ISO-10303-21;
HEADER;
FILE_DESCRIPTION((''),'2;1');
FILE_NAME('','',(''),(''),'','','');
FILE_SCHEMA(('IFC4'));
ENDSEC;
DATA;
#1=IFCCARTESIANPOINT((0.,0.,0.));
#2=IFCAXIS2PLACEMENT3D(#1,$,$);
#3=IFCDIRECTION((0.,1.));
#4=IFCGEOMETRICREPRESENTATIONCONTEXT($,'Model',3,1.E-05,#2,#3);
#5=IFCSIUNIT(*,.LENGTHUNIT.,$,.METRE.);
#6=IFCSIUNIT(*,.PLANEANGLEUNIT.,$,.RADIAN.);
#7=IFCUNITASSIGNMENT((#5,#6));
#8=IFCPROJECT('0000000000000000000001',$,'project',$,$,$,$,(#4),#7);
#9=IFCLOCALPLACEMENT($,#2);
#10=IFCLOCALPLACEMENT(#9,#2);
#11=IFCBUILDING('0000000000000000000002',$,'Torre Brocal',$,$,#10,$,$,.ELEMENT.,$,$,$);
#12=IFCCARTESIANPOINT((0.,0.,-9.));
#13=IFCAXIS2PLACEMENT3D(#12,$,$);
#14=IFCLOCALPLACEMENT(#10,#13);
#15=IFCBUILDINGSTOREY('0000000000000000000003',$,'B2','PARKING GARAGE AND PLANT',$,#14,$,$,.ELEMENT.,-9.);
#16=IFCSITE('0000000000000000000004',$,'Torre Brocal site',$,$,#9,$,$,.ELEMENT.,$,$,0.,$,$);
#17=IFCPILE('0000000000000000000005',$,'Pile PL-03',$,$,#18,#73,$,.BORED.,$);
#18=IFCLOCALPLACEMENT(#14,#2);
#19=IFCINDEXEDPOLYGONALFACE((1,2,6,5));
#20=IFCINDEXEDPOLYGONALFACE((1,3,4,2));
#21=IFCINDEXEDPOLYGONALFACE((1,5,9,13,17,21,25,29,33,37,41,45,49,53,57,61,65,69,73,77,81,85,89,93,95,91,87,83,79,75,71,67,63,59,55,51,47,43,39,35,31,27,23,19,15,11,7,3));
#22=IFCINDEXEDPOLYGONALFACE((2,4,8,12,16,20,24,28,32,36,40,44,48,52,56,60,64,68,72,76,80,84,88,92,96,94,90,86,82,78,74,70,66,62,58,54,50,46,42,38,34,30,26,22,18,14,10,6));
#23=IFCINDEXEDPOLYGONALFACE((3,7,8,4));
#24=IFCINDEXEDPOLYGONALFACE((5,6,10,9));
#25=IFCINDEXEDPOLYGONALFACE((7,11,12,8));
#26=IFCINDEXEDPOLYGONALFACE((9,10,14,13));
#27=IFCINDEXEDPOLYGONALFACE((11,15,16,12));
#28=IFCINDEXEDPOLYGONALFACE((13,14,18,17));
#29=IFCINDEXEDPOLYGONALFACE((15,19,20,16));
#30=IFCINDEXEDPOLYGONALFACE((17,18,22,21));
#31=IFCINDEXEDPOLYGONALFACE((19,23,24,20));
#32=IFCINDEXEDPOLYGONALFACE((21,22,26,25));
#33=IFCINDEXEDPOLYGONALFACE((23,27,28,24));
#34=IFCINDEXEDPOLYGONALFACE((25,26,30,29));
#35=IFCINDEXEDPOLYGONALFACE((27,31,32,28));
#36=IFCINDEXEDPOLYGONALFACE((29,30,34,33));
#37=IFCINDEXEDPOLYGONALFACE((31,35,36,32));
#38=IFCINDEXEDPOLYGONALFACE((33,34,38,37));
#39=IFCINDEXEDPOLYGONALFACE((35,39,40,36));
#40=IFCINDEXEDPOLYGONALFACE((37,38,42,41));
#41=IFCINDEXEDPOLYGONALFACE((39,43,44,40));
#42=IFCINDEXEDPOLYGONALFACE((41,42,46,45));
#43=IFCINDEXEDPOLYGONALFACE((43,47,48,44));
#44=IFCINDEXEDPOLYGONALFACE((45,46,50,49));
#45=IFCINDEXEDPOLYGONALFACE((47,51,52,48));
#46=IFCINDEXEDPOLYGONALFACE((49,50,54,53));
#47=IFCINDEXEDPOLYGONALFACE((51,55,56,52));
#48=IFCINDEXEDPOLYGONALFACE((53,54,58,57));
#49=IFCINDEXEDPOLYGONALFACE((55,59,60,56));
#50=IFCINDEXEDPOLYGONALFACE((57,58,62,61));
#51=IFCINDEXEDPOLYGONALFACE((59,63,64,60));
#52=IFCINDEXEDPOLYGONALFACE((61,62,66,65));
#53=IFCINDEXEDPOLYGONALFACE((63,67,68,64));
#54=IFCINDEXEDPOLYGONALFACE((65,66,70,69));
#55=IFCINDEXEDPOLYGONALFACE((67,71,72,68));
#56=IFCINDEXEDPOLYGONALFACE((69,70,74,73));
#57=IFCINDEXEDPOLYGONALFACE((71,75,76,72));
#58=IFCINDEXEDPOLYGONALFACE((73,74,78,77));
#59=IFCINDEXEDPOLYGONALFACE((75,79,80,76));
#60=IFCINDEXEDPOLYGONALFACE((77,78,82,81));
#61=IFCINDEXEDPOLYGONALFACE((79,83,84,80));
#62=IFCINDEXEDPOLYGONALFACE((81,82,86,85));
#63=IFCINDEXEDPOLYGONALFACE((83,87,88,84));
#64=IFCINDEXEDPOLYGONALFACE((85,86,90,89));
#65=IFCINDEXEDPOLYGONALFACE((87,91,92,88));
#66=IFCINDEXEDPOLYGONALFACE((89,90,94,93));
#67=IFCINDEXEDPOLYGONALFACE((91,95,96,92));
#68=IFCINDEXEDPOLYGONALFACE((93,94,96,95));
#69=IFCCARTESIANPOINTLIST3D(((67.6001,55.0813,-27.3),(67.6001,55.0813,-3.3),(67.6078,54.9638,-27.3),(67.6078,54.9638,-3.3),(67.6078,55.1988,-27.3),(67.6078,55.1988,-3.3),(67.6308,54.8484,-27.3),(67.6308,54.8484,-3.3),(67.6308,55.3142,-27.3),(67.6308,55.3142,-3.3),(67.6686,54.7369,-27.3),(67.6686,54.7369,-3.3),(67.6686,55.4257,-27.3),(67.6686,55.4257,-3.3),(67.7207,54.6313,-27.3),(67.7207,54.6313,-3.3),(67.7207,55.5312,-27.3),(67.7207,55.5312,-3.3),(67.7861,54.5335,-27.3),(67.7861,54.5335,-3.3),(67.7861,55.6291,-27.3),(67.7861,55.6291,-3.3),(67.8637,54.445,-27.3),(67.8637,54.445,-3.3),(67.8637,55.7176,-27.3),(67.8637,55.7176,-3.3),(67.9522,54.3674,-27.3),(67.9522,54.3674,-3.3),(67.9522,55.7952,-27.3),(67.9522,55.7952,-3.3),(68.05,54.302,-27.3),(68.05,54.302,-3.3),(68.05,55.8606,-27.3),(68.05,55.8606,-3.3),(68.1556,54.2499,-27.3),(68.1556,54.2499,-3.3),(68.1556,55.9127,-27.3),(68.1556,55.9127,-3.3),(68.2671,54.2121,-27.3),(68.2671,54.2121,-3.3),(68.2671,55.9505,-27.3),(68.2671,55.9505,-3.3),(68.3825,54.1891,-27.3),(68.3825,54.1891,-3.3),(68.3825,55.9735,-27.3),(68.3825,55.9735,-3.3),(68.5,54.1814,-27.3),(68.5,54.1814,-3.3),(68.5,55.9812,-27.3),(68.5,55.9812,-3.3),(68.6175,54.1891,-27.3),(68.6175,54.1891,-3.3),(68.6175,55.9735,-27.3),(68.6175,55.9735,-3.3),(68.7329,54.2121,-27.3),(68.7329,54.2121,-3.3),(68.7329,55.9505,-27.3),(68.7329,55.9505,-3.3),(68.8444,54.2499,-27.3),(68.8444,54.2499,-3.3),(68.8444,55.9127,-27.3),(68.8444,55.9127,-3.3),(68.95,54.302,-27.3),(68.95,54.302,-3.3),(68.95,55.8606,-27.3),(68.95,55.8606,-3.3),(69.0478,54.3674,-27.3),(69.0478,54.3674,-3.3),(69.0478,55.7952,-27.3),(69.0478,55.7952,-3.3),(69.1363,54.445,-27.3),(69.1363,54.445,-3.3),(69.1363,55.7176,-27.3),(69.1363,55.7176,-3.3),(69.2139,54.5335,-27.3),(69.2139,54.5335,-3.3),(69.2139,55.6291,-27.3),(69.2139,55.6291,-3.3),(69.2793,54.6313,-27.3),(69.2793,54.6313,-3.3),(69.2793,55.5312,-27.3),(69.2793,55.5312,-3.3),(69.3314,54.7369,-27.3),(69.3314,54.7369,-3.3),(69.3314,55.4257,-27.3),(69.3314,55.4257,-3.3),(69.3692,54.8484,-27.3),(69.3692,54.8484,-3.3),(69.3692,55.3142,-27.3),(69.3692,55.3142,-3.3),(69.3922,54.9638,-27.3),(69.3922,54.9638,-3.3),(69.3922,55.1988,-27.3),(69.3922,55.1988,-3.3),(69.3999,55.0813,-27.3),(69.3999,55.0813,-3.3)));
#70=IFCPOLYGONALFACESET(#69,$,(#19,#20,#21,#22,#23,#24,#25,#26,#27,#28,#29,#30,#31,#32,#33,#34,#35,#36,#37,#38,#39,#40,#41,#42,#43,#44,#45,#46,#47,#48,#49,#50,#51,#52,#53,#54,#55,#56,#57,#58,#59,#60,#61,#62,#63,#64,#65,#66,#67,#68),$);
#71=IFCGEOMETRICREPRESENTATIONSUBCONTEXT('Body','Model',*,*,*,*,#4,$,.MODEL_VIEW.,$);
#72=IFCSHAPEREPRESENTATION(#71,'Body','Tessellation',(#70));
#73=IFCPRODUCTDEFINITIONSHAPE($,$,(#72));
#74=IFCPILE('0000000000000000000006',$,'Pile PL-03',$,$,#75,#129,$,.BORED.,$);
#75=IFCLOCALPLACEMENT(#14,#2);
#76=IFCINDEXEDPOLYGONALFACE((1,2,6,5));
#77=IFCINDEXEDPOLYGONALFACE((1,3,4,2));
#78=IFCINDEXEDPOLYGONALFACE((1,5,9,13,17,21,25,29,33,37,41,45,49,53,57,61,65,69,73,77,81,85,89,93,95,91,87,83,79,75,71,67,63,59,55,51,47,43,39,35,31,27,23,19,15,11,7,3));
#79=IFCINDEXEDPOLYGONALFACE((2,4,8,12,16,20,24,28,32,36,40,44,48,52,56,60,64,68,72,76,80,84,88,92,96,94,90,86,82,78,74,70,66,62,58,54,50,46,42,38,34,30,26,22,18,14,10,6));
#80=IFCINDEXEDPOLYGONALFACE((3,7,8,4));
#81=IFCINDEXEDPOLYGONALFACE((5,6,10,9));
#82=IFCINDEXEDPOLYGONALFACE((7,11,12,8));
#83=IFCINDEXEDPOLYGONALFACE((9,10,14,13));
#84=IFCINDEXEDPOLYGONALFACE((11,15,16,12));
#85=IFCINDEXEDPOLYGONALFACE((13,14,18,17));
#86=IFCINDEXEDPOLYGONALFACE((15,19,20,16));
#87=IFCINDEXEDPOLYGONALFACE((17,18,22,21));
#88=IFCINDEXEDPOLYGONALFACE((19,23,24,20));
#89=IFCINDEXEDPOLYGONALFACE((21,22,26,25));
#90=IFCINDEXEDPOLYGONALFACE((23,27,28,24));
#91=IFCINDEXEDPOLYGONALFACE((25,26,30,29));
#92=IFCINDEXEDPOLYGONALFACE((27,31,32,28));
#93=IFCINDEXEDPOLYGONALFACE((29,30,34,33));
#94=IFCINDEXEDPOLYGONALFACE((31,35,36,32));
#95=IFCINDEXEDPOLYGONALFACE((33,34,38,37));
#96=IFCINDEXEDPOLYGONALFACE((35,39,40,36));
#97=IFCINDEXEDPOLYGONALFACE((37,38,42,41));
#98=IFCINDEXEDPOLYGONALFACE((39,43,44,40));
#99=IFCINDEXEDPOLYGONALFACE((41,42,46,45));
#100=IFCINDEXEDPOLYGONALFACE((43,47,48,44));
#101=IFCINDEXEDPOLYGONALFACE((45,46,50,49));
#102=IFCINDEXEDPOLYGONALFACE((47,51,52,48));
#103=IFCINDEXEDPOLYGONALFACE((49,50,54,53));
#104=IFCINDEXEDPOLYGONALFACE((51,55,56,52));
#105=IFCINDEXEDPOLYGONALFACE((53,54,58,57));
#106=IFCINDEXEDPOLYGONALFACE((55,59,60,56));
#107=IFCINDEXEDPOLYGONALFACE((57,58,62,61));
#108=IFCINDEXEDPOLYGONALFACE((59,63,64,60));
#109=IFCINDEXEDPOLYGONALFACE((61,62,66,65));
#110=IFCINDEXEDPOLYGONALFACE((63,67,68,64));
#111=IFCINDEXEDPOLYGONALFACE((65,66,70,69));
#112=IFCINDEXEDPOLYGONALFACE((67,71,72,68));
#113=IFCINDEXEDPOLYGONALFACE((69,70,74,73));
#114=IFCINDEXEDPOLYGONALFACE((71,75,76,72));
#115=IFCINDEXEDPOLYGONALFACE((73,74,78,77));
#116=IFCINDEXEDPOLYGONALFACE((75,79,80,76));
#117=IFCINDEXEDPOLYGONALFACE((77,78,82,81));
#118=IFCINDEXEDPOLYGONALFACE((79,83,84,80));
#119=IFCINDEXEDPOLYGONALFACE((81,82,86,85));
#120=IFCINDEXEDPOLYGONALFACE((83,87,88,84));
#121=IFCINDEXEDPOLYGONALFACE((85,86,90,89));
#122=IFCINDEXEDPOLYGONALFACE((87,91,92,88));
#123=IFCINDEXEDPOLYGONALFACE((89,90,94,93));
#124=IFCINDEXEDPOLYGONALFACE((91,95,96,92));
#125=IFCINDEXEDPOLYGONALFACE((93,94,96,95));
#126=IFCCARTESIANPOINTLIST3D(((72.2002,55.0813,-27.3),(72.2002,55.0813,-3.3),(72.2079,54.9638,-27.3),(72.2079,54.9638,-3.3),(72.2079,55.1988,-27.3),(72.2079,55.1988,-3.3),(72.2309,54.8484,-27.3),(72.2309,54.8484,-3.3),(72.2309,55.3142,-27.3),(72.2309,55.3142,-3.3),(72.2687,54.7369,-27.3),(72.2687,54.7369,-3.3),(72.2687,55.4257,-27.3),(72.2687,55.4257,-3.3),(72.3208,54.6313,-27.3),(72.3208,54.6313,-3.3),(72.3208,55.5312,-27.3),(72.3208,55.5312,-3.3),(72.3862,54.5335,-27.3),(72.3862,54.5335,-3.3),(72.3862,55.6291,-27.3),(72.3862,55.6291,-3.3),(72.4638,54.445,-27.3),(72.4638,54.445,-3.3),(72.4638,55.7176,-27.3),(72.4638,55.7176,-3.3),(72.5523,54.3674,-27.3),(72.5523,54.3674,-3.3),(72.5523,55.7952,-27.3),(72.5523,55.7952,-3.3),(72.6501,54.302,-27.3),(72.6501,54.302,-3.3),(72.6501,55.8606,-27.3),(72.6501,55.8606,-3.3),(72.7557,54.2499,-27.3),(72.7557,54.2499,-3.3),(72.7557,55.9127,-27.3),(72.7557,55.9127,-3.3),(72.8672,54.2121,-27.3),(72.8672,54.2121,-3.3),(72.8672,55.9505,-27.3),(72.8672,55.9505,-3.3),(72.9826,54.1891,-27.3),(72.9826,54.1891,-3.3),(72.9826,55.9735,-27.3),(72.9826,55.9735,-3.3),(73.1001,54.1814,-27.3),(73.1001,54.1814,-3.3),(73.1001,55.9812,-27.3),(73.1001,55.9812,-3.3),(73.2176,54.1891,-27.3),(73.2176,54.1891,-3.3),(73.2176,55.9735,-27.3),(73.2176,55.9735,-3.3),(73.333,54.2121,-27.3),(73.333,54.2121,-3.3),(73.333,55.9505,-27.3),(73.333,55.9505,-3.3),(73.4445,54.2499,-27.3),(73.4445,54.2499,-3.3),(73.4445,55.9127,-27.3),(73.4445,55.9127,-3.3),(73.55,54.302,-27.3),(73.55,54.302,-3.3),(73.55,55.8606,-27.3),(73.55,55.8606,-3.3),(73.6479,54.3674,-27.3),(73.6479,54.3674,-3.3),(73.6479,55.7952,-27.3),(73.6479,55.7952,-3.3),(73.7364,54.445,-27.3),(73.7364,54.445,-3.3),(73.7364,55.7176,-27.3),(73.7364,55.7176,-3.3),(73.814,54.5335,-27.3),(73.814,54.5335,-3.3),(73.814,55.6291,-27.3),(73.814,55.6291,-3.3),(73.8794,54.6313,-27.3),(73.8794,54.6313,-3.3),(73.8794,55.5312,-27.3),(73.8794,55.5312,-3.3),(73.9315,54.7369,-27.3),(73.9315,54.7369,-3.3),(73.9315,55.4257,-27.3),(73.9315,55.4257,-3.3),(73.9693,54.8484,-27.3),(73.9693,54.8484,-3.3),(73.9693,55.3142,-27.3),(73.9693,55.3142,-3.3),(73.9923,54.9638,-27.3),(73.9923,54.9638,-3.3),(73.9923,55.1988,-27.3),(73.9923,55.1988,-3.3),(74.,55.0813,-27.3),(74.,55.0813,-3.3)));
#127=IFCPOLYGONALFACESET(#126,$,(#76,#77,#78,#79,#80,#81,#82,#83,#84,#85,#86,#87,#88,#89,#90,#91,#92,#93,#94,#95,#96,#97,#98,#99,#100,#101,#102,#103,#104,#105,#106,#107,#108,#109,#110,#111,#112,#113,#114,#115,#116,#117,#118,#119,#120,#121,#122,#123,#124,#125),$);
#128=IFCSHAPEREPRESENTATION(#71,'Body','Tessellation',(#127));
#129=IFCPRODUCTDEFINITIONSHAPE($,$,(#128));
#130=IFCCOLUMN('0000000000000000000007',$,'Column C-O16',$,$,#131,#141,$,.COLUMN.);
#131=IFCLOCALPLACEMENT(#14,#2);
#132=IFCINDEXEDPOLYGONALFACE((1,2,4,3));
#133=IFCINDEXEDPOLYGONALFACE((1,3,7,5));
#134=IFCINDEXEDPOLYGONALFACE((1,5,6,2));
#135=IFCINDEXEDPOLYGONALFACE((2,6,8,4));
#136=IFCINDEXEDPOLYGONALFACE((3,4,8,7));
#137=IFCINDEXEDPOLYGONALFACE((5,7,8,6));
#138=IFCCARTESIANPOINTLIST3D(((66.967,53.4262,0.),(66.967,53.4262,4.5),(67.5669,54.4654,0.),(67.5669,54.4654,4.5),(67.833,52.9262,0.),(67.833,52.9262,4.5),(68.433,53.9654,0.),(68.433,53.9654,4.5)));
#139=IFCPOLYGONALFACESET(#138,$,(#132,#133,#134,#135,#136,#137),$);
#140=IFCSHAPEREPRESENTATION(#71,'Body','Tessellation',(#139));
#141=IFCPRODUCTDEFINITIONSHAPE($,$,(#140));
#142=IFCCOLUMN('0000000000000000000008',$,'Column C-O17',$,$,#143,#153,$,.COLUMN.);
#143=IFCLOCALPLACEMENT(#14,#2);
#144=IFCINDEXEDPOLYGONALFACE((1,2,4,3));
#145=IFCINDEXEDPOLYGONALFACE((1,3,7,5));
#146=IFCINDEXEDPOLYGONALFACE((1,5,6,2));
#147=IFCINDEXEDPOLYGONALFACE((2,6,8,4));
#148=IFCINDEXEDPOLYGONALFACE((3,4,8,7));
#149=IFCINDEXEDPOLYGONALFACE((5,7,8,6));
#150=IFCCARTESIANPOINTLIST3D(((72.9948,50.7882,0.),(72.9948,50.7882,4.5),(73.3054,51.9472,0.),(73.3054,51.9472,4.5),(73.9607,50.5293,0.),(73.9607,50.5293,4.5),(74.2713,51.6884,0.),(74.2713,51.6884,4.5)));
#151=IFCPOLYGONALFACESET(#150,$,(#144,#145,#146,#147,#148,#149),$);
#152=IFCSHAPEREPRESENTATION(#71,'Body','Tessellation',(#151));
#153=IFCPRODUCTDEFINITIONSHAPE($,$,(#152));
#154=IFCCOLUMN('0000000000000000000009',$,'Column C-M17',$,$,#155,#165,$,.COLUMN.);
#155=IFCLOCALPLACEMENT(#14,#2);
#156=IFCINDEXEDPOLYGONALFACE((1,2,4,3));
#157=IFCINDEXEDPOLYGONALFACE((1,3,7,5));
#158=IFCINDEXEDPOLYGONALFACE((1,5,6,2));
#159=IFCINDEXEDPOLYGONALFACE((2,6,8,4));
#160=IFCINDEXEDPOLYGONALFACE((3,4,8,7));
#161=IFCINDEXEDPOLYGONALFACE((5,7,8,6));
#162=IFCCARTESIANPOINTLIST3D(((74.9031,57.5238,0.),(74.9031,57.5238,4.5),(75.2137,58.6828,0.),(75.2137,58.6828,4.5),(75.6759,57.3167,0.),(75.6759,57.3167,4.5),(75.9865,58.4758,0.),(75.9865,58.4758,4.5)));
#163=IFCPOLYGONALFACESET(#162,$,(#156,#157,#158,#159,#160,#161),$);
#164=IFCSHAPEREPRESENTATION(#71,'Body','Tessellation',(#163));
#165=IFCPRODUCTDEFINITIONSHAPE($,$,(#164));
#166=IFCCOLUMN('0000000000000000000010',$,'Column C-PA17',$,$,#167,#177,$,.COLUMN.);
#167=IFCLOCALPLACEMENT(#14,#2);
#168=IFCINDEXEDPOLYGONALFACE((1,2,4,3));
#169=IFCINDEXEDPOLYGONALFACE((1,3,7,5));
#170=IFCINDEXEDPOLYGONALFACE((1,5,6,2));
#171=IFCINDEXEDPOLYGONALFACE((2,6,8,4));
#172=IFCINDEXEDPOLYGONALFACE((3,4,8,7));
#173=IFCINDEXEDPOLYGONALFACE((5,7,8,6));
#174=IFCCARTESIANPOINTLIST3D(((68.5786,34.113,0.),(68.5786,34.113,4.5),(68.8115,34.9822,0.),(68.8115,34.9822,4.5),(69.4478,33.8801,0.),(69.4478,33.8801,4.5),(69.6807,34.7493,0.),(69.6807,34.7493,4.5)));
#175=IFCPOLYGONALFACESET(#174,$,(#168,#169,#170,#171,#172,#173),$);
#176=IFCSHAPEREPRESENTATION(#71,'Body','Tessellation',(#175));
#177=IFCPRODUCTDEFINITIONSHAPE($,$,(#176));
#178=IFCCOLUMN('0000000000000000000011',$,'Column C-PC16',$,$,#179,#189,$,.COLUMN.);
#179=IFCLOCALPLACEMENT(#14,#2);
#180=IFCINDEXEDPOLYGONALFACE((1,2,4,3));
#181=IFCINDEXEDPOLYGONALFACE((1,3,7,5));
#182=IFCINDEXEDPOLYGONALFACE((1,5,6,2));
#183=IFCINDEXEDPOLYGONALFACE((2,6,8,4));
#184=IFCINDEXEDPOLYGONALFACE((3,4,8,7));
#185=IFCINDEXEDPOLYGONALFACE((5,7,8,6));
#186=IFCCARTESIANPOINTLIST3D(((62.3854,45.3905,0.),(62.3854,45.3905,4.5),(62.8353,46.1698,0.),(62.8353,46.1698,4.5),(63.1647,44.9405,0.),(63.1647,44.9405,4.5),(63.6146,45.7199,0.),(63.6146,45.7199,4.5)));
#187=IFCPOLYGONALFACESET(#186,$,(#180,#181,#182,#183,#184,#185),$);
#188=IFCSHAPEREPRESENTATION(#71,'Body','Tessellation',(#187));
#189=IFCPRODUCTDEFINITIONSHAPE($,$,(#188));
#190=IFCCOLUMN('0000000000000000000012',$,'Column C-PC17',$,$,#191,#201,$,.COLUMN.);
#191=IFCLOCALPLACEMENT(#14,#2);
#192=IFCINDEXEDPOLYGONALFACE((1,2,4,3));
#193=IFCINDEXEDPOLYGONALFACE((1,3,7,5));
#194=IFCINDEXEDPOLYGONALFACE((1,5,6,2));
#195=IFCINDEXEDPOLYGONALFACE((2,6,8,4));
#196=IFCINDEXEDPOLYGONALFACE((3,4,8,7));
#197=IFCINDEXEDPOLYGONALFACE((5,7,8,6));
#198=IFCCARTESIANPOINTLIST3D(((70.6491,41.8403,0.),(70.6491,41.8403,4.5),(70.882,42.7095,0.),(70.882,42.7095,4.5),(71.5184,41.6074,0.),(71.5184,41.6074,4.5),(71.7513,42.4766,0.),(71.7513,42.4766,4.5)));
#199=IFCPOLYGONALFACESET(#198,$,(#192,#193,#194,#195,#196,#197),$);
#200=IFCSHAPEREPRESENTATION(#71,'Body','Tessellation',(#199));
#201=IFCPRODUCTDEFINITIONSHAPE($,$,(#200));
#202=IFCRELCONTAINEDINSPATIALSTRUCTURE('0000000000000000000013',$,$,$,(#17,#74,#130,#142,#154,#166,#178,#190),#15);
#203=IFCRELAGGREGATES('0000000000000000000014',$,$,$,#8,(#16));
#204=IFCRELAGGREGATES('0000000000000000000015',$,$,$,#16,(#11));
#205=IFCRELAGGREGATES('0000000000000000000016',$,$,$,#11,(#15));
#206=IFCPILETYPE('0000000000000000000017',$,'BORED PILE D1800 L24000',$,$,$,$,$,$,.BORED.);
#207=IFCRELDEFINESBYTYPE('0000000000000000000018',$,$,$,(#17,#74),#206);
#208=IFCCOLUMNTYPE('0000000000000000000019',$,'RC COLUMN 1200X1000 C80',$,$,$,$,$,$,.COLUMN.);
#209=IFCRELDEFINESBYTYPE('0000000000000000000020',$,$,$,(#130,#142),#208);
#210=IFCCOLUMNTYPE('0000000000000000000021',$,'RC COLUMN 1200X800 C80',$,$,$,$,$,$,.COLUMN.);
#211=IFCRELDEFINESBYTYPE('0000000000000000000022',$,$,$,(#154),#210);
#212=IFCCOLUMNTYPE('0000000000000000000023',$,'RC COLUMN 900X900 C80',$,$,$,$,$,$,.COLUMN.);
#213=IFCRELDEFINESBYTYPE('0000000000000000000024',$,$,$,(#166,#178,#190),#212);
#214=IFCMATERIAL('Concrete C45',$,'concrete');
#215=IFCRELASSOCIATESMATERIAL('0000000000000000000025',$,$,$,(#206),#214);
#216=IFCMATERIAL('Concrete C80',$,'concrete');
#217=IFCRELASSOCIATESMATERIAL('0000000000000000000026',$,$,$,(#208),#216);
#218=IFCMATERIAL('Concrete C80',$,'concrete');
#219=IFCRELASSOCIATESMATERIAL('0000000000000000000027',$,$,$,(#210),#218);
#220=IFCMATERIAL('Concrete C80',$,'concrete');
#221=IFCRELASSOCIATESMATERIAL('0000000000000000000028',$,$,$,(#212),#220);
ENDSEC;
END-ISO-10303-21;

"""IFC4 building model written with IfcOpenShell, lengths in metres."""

from ifc_helpers import new_model, si_unit, direction, frame, origin, origin_2d, place, context, subcontext, project, spatial, rectangle, circle, extrude, material, material_profile, profile_set, type_object, element, save


model = new_model("IFC4")

# Units and contexts
model_context = context("Model", 3, precision=1e-05, world=origin(), true_north=direction((0.0, 1.0)))
body_context = subcontext(model_context, "Body", "Model", "MODEL_VIEW")
ifc_project = project(units=[si_unit("LENGTHUNIT", "METRE"), si_unit("PLANEANGLEUNIT", "RADIAN")], contexts=[model_context])

# Site, building, storey
site_placement = place(None, origin())
site = spatial("IfcSite", under=ifc_project, at=site_placement, Name="Torre Brocal site", CompositionType="ELEMENT", RefElevation=0.0)
building_placement = place(site_placement, origin())
building = spatial("IfcBuilding", under=site, at=building_placement, Name="Torre Brocal", CompositionType="ELEMENT")
storey_placement = place(building_placement, frame((0.0, 0.0, -9.0)))
storey = spatial("IfcBuildingStorey", under=building, at=storey_placement, Name="B2", Description="PARKING GARAGE AND PLANT", CompositionType="ELEMENT", Elevation=-9.0)

# Piles
ifc_material_1 = material(Name="Concrete C45", Category="concrete")
ifc_material_profile_1 = material_profile(ifc_material_1, circle(Radius=0.8999, at=origin_2d()), Name="BORED PILE D1800")
ifc_profile_set_1 = profile_set([ifc_material_profile_1], Name="Concrete C45")
pile_type_1 = type_object("IfcPileType", Name="BORED PILE D1800 L24000", PredefinedType="BORED", material=ifc_profile_set_1)
for number, where, z_axis, x_axis, name in (
    (1, (68.5, 55.0813, -3.3), (0.0, 0.0, -1.0), (1.0, 0.0, 0.0), "Pile PL-03"),
    (2, (73.1001, 55.0813, -3.3), (0.0, 0.0, -1.0), (1.0, 0.0, 0.0), "Pile PL-03"),
):
    element("IfcPile", number, at=place(storey_placement, frame(where, z_axis=z_axis, x_axis=x_axis)), inside=storey, type_object=pile_type_1, Name=name, PredefinedType="BORED", context=body_context, shape_type="SweptSolid", body=[
        extrude(circle(Radius=0.8999, at=origin_2d()), origin(), (0.0, 0.0, 1.0), 24.0),
    ])

# Columns
ifc_material_2 = material(Name="Concrete C80", Category="concrete")
ifc_material_profile_2 = material_profile(ifc_material_2, rectangle(XDim=1.2, YDim=1.0, at=origin_2d()), Name="RC 1200X1000")
ifc_profile_set_2 = profile_set([ifc_material_profile_2], Name="Concrete C80")
column_type_1 = type_object("IfcColumnType", Name="RC COLUMN 1200X1000 C80", PredefinedType="COLUMN", material=ifc_profile_set_2)
for number, where, z_axis, x_axis, name in (
    (3, (67.7, 53.6958, 0.0), (0.0, 0.0, 1.0), (-0.5, -0.866025, 0.0), "Column C-O16"),
    (4, (73.6331, 51.2383, 0.0), (0.0, 0.0, 1.0), (-0.258819, -0.965926, 0.0), "Column C-O17"),
):
    element("IfcColumn", number, at=place(storey_placement, frame(where, z_axis=z_axis, x_axis=x_axis)), inside=storey, type_object=column_type_1, Name=name, PredefinedType="COLUMN", context=body_context, shape_type="SweptSolid", body=[
        extrude(rectangle(XDim=1.2, YDim=1.0, at=origin_2d()), origin(), (0.0, 0.0, 1.0), 4.5),
    ])
ifc_material_3 = material(Name="Concrete C80", Category="concrete")
ifc_material_profile_3 = material_profile(ifc_material_3, rectangle(XDim=1.2, YDim=0.8, at=origin_2d()), Name="RC 1200X800")
ifc_profile_set_3 = profile_set([ifc_material_profile_3], Name="Concrete C80")
column_type_2 = type_object("IfcColumnType", Name="RC COLUMN 1200X800 C80", PredefinedType="COLUMN", material=ifc_profile_set_3)
column_placement = place(storey_placement, frame((75.4448, 57.9998, 0.0), z_axis=(0.0, 0.0, 1.0), x_axis=(-0.258819, -0.965926, 0.0)))
element("IfcColumn", 5, at=column_placement, inside=storey, type_object=column_type_2, Name="Column C-M17", PredefinedType="COLUMN", context=body_context, shape_type="SweptSolid", body=[
    extrude(rectangle(XDim=1.2, YDim=0.8, at=origin_2d()), origin(), (0.0, 0.0, 1.0), 4.5),
])
ifc_material_4 = material(Name="Concrete C80", Category="concrete")
ifc_material_profile_4 = material_profile(ifc_material_4, rectangle(XDim=0.8999, YDim=0.8999, at=origin_2d()), Name="RC 900X900")
ifc_profile_set_4 = profile_set([ifc_material_profile_4], Name="Concrete C80")
column_type_3 = type_object("IfcColumnType", Name="RC COLUMN 900X900 C80", PredefinedType="COLUMN", material=ifc_profile_set_4)
for number, where, z_axis, x_axis, name in (
    (6, (69.1296, 34.4312, 0.0), (0.0, 0.0, 1.0), (-0.258819, -0.965926, 0.0), "Column C-PA17"),
    (7, (63.0, 45.5552, 0.0), (0.0, 0.0, 1.0), (-0.5, -0.866025, 0.0), "Column C-PC16"),
    (8, (71.2002, 42.1584, 0.0), (0.0, 0.0, 1.0), (-0.258819, -0.965926, 0.0), "Column C-PC17"),
):
    element("IfcColumn", number, at=place(storey_placement, frame(where, z_axis=z_axis, x_axis=x_axis)), inside=storey, type_object=column_type_3, Name=name, PredefinedType="COLUMN", context=body_context, shape_type="SweptSolid", body=[
        extrude(rectangle(XDim=0.8999, YDim=0.8999, at=origin_2d()), origin(), (0.0, 0.0, 1.0), 4.5),
    ])

save(model, "model.ifc")
